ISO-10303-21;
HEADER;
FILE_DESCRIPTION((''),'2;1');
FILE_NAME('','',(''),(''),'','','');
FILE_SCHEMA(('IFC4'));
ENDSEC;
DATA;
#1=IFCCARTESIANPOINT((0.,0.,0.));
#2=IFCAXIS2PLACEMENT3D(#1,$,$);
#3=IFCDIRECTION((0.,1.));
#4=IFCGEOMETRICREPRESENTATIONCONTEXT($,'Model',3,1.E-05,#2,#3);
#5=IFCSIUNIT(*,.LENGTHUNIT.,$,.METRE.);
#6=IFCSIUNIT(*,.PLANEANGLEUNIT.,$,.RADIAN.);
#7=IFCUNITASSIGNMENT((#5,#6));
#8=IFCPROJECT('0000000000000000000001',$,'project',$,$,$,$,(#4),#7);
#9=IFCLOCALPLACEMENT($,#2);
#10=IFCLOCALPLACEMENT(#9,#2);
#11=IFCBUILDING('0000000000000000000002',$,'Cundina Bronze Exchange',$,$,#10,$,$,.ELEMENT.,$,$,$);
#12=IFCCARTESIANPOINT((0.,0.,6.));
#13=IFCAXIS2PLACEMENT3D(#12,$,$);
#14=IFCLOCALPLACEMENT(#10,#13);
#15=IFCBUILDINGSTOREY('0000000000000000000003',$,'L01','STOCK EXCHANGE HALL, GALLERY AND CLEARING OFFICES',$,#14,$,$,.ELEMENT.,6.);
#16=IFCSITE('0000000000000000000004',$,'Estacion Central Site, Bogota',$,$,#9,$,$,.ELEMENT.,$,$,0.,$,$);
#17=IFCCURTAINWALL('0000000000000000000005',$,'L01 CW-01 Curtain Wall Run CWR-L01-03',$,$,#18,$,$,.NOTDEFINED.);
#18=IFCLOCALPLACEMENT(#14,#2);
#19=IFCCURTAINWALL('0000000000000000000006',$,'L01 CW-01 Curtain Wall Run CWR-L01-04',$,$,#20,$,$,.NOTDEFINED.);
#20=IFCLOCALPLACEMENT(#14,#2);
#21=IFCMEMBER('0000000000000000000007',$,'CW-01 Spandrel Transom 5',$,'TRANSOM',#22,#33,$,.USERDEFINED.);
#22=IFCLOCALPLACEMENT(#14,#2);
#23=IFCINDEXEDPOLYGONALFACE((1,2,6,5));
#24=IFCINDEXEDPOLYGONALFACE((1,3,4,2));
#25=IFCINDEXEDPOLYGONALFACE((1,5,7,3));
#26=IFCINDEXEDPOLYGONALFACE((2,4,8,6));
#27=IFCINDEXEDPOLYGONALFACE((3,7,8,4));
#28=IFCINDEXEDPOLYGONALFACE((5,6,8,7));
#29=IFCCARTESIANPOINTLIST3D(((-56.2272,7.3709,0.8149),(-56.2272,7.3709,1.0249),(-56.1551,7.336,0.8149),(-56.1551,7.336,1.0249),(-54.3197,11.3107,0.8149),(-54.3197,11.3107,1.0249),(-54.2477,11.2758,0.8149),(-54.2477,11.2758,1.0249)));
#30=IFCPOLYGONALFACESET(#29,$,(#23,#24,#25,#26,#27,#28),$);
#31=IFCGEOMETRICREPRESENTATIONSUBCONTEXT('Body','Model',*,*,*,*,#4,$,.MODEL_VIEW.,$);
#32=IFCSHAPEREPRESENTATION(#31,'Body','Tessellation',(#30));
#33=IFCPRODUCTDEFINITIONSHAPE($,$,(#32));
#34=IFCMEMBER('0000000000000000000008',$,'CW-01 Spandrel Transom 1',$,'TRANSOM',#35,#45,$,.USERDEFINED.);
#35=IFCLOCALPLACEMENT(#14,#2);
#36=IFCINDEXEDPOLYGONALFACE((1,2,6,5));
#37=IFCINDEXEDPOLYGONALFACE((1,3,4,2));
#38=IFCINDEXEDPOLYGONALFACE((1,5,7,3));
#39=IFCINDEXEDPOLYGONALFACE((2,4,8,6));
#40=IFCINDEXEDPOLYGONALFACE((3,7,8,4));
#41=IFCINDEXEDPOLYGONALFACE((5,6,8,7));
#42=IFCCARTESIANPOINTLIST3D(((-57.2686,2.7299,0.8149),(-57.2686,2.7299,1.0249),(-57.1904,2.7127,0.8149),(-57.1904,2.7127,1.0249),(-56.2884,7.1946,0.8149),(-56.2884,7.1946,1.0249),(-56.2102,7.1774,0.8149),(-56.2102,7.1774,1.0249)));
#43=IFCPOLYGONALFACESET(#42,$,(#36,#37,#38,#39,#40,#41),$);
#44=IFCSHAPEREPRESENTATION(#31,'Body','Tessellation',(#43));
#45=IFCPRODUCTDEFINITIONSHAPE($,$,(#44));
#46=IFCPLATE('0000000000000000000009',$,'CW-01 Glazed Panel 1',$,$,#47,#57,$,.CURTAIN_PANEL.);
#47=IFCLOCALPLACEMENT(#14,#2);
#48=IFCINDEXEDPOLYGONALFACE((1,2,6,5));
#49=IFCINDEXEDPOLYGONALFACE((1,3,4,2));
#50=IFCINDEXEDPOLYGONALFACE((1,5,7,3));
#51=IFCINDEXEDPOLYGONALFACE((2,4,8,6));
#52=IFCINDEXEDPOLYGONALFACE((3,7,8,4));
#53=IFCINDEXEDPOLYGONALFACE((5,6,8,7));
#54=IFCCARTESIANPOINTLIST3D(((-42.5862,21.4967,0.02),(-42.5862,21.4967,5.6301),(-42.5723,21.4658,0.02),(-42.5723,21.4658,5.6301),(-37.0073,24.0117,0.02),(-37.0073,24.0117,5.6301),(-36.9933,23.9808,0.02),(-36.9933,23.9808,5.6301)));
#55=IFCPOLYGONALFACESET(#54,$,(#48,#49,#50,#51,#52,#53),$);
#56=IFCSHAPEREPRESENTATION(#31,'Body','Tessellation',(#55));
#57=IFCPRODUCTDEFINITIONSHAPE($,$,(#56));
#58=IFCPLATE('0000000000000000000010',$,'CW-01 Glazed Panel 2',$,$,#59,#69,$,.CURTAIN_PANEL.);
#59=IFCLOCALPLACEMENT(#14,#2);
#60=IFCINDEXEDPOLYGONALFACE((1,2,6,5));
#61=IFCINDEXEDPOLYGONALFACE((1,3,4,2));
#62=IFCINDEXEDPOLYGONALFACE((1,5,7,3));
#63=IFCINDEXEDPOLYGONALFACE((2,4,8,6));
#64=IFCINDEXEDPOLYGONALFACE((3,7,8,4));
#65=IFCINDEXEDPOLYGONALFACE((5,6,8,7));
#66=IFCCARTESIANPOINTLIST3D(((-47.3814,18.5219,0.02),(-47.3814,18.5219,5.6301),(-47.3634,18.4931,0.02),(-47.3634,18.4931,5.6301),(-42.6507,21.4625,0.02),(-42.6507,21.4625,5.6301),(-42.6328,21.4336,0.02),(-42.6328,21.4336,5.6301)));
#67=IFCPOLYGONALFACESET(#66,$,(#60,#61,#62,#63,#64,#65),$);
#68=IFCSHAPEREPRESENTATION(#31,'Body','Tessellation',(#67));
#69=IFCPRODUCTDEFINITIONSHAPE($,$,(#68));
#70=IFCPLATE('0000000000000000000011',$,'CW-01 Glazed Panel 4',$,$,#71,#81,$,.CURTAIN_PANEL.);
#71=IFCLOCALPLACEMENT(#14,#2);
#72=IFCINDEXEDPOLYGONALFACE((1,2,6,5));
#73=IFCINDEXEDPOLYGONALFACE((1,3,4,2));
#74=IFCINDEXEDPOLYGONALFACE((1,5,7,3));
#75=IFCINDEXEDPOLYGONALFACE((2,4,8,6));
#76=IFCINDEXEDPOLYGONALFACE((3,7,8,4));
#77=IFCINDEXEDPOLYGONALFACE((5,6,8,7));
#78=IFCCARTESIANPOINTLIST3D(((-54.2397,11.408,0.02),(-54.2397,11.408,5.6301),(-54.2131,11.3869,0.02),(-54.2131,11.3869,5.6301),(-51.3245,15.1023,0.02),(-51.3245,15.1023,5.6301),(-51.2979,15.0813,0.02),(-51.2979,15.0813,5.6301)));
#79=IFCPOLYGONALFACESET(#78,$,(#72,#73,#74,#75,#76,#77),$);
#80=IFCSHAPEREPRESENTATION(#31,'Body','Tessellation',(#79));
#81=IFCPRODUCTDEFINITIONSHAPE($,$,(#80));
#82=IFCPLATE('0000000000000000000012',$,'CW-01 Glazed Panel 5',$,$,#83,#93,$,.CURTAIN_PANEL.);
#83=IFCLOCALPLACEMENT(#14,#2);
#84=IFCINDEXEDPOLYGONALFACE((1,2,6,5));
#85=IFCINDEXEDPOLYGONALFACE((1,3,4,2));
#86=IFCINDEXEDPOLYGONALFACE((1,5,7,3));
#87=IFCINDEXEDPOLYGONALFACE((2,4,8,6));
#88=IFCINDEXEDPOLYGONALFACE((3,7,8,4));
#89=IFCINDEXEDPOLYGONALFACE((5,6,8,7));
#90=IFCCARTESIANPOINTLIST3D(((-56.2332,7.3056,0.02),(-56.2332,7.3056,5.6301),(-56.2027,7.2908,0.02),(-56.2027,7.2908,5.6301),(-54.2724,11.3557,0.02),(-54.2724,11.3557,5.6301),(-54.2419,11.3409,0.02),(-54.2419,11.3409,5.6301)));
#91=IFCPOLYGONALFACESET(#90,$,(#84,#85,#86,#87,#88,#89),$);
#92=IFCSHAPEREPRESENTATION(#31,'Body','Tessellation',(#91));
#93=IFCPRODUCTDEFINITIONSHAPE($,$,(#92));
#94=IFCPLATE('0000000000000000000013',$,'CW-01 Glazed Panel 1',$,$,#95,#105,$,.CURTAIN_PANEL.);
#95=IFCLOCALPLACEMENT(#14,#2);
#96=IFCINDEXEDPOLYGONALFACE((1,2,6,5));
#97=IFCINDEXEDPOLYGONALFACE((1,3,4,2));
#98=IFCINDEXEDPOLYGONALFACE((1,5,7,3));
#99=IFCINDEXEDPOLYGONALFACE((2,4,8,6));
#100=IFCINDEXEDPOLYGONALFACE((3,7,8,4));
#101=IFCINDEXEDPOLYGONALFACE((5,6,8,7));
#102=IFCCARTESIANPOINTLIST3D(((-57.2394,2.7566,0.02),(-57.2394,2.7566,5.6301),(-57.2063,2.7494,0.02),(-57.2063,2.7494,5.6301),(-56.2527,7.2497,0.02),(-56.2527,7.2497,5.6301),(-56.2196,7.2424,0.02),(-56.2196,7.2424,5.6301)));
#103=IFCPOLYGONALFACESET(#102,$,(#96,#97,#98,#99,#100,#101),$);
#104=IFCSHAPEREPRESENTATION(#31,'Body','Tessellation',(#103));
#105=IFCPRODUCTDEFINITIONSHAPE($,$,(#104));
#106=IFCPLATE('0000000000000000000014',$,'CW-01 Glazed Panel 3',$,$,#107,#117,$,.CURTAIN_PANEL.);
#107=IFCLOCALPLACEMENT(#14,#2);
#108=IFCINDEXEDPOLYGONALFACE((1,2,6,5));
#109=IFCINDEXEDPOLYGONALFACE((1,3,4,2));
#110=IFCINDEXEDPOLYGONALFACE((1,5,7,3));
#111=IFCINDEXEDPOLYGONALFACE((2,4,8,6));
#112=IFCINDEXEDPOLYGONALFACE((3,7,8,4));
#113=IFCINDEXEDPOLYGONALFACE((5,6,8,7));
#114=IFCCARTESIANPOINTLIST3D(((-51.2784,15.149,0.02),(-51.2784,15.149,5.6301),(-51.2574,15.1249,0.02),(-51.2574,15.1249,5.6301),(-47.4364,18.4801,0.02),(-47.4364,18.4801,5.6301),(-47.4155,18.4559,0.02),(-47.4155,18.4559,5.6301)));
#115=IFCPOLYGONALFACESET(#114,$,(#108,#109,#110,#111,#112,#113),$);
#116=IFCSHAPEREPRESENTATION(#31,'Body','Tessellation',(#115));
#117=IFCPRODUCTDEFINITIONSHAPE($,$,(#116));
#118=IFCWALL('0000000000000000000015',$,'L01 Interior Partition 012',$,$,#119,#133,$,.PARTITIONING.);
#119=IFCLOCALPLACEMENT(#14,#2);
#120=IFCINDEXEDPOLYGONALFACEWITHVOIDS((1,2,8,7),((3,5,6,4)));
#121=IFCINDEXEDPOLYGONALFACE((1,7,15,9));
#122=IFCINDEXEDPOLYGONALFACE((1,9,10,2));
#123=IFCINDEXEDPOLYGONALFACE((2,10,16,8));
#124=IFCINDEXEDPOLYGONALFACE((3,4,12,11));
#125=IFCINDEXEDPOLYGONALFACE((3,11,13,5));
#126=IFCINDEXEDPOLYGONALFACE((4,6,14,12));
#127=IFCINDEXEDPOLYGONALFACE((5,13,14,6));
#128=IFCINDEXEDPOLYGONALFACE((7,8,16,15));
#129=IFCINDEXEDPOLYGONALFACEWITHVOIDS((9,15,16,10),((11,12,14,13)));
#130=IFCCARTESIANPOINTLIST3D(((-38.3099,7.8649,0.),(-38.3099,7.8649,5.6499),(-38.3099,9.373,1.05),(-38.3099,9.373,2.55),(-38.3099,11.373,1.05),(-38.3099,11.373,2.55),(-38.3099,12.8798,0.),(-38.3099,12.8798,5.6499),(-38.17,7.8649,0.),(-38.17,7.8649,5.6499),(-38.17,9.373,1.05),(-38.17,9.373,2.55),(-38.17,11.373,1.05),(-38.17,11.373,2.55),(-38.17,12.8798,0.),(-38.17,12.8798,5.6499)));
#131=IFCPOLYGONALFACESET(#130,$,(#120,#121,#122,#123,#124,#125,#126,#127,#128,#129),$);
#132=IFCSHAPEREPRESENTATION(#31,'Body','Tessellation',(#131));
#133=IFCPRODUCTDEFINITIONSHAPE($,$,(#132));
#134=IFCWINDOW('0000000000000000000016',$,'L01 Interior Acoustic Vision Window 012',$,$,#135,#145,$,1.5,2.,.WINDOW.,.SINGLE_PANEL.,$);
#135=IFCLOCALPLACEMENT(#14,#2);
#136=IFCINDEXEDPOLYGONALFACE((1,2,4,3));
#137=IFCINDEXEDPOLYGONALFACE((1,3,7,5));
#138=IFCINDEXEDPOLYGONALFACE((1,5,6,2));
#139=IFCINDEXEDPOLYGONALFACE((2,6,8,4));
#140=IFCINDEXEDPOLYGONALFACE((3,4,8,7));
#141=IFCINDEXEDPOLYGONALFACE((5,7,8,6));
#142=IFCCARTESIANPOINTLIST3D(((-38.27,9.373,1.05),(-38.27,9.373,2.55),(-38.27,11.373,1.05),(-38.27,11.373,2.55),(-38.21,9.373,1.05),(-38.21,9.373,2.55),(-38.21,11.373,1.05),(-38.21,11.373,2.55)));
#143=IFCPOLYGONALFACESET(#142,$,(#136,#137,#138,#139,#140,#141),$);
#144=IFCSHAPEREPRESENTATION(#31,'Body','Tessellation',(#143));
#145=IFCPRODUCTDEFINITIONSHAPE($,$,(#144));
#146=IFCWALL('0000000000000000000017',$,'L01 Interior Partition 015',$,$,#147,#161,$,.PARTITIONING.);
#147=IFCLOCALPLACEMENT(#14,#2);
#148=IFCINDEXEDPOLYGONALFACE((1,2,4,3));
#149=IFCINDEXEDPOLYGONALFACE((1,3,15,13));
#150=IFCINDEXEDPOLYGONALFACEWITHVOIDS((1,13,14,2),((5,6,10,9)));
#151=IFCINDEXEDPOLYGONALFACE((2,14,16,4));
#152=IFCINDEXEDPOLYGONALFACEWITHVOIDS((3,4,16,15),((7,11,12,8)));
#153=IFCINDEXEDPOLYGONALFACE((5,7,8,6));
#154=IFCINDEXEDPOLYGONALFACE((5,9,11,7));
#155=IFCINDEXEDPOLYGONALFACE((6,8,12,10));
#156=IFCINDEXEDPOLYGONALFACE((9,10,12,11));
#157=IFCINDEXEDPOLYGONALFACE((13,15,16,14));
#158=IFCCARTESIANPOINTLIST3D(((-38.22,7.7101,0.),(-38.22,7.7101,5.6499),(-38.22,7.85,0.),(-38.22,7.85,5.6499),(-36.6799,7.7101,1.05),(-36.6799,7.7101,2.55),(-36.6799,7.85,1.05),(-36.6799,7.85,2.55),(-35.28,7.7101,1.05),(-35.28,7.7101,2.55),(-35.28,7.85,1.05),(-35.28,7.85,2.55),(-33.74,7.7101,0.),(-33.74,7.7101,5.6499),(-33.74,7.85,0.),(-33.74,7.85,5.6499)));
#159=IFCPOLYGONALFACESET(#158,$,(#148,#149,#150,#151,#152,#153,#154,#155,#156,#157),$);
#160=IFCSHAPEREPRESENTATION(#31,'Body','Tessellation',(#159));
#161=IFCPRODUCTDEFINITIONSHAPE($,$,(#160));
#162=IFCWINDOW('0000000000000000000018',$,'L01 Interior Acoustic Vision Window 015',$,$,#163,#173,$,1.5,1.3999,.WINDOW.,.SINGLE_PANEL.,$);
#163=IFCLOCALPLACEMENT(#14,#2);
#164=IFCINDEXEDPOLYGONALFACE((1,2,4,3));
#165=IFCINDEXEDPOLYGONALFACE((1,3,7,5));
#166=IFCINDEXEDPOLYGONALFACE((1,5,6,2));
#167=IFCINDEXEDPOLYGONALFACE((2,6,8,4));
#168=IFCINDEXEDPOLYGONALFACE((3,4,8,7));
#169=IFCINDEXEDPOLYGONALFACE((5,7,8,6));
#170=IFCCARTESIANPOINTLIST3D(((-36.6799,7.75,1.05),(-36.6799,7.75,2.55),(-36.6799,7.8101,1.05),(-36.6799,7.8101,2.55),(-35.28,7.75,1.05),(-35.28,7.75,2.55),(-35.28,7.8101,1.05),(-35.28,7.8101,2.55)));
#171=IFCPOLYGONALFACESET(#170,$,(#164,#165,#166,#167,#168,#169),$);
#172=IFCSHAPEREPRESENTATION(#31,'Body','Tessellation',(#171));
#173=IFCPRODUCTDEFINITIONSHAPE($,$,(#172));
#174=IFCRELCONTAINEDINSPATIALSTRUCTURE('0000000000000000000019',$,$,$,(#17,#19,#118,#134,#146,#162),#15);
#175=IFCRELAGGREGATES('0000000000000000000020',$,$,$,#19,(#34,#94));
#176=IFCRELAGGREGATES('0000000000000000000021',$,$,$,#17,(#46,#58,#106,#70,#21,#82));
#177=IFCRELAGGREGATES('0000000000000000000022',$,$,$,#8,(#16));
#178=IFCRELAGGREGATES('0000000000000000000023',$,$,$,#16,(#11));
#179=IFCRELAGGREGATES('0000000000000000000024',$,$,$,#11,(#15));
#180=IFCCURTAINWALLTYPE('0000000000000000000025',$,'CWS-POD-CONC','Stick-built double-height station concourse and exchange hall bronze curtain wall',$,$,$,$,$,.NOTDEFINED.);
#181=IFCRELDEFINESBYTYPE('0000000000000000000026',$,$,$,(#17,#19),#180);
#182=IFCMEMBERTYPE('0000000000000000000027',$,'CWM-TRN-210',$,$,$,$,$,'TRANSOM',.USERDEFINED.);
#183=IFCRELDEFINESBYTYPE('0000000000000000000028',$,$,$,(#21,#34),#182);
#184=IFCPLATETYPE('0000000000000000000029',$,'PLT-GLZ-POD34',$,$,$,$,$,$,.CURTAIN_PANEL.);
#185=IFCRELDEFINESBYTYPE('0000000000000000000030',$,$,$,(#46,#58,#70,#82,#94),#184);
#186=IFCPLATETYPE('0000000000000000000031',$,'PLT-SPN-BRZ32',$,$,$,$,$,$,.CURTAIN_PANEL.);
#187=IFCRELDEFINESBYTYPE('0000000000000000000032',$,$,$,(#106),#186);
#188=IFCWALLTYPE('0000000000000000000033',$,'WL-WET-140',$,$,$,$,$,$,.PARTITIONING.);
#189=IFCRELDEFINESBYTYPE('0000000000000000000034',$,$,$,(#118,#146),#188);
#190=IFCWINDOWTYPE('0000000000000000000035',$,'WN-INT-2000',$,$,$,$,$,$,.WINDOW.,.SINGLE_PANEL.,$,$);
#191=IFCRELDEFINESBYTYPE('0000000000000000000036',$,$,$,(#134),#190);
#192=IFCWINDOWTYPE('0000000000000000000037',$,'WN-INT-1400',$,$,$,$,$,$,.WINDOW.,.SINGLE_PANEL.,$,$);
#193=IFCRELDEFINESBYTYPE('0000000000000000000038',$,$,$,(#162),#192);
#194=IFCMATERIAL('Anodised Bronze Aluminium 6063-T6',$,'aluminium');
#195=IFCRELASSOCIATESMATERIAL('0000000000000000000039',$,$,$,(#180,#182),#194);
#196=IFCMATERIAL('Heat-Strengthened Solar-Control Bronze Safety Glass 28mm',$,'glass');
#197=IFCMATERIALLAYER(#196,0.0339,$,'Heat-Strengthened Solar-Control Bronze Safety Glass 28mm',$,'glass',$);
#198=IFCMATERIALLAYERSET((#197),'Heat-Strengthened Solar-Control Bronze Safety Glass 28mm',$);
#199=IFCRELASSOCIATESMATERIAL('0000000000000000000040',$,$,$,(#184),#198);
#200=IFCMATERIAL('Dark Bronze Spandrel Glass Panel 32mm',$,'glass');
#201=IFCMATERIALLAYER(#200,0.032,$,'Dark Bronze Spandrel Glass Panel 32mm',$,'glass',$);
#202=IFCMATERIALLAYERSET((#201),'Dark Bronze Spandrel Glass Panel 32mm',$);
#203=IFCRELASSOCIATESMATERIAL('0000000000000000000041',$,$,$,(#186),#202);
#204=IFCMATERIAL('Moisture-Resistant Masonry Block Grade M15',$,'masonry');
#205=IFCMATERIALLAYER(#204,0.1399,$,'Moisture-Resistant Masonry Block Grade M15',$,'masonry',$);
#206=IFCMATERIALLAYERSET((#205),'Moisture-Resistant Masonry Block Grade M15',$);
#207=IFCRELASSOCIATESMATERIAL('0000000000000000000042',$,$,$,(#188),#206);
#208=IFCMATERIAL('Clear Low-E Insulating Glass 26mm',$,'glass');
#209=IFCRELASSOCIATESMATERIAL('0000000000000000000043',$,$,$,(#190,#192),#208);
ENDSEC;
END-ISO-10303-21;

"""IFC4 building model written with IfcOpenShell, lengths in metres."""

from ifc_helpers import new_model, si_unit, direction, frame, frame_2d, origin, origin_2d, place, context, subcontext, project, spatial, rectangle, extrude, material, layer, layer_set, material_profile, profile_set, type_object, element, fill, aggregate, save


model = new_model("IFC4")

# Units and contexts
model_context = context("Model", 3, precision=1e-05, world=origin(), true_north=direction((0.0, 1.0)))
body_context = subcontext(model_context, "Body", "Model", "MODEL_VIEW")
ifc_project = project(units=[si_unit("LENGTHUNIT", "METRE"), si_unit("PLANEANGLEUNIT", "RADIAN")], contexts=[model_context])

# Site, building, storey
site_placement = place(None, origin())
site = spatial("IfcSite", under=ifc_project, at=site_placement, Name="Estacion Central Site, Bogota", CompositionType="ELEMENT", RefElevation=0.0)
building_placement = place(site_placement, origin())
building = spatial("IfcBuilding", under=site, at=building_placement, Name="Cundina Bronze Exchange", CompositionType="ELEMENT")
storey_placement = place(building_placement, frame((0.0, 0.0, 6.0)))
storey = spatial("IfcBuildingStorey", under=building, at=storey_placement, Name="L01", Description="STOCK EXCHANGE HALL, GALLERY AND CLEARING OFFICES", CompositionType="ELEMENT", Elevation=6.0)

# Curtain wall
ifc_material_1 = material(Name="Anodised Bronze Aluminium 6063-T6", Category="aluminium")
curtain_wall_type = type_object("IfcCurtainWallType", Name="CWS-POD-CONC", Description="Stick-built double-height station concourse and exchange hall bronze curtain wall", PredefinedType="NOTDEFINED", material=ifc_material_1)
curtain_wall_1_placement = place(storey_placement, origin())
curtain_wall_1 = element("IfcCurtainWall", 1, at=curtain_wall_1_placement, inside=storey, type_object=curtain_wall_type, Name="L01 CW-01 Curtain Wall Run CWR-L01-03", PredefinedType="NOTDEFINED")

# Curtain wall
curtain_wall_2_placement = place(storey_placement, origin())
curtain_wall_2 = element("IfcCurtainWall", 2, at=curtain_wall_2_placement, inside=storey, type_object=curtain_wall_type, Name="L01 CW-01 Curtain Wall Run CWR-L01-04", PredefinedType="NOTDEFINED")

# Members
ifc_material_profile_1 = material_profile(ifc_material_1, rectangle(XDim=0.0801, YDim=0.21, at=origin_2d()), Name="AL80X210", Category="aluminium")
ifc_profile_set_1 = profile_set([ifc_material_profile_1], Name="Anodised Bronze Aluminium 6063-T6")
member_type_1 = type_object("IfcMemberType", Name="CWM-TRN-210", ElementType="TRANSOM", PredefinedType="USERDEFINED", material=ifc_profile_set_1)
member_1_placement = place(storey_placement, frame((-54.2837, 11.2932, 0.9199), z_axis=(-0.435777, -0.900055, 0.0), x_axis=(0.900055, -0.435777, 0.0)))
member_1 = element("IfcMember", 3, at=member_1_placement, type_object=member_type_1, Name="CW-01 Spandrel Transom 5", ObjectType="TRANSOM", PredefinedType="USERDEFINED", context=body_context, shape_type="SweptSolid", body=[
    extrude(rectangle(XDim=0.0801, YDim=0.21, at=origin_2d()), origin(), (0.0, 0.0, 1.0), 4.3772),
])
member_2_placement = place(storey_placement, frame((-56.2493, 7.186, 0.9199), z_axis=(-0.214447, -0.976736, 0.0), x_axis=(0.976736, -0.214447, 0.0)))
member_2 = element("IfcMember", 4, at=member_2_placement, type_object=member_type_1, Name="CW-01 Spandrel Transom 1", ObjectType="TRANSOM", PredefinedType="USERDEFINED", context=body_context, shape_type="SweptSolid", body=[
    extrude(rectangle(XDim=0.0801, YDim=0.21, at=origin_2d()), origin(), (0.0, 0.0, 1.0), 4.571),
])

# Plates
ifc_material_2 = material(Name="Heat-Strengthened Solar-Control Bronze Safety Glass 28mm", Category="glass")
ifc_layer_1 = layer(ifc_material_2, 0.0339, Name="Heat-Strengthened Solar-Control Bronze Safety Glass 28mm", Category="glass")
ifc_layer_set_1 = layer_set([ifc_layer_1], Name="Heat-Strengthened Solar-Control Bronze Safety Glass 28mm")
plate_type_1 = type_object("IfcPlateType", Name="PLT-GLZ-POD34", PredefinedType="CURTAIN_PANEL", material=ifc_layer_set_1)
plate_1_placement = place(storey_placement, frame((-39.7898, 22.7388, 0.02), z_axis=(0.0, 0.0, 1.0), x_axis=(-0.911647, -0.410973, 0.0)))
plate_1 = element("IfcPlate", 5, at=plate_1_placement, type_object=plate_type_1, Name="CW-01 Glazed Panel 1", PredefinedType="CURTAIN_PANEL", context=body_context, shape_type="SweptSolid", body=[
    extrude(rectangle(XDim=6.1196, YDim=0.0339, at=origin_2d()), origin(), (0.0, 0.0, 1.0), 5.6101),
])
plate_2_placement = place(storey_placement, frame((-45.0071, 19.9778, 0.02), z_axis=(0.0, 0.0, 1.0), x_axis=(-0.849294, -0.52792, 0.0)))
plate_2 = element("IfcPlate", 6, at=plate_2_placement, type_object=plate_type_1, Name="CW-01 Glazed Panel 2", PredefinedType="CURTAIN_PANEL", context=body_context, shape_type="SweptSolid", body=[
    extrude(rectangle(XDim=5.5701, YDim=0.0339, at=origin_2d()), origin(), (0.0, 0.0, 1.0), 5.6101),
])
plate_3_placement = place(storey_placement, frame((-52.7688, 13.2446, 0.02), z_axis=(0.0, 0.0, 1.0), x_axis=(-0.619464, -0.785025, 0.0)))
plate_3 = element("IfcPlate", 7, at=plate_3_placement, type_object=plate_type_1, Name="CW-01 Glazed Panel 4", PredefinedType="CURTAIN_PANEL", context=body_context, shape_type="SweptSolid", body=[
    extrude(rectangle(XDim=4.7061, YDim=0.0339, at=origin_2d()), origin(), (0.0, 0.0, 1.0), 5.6101),
])
plate_4_placement = place(storey_placement, frame((-55.2375, 9.3232, 0.02), z_axis=(0.0, 0.0, 1.0), x_axis=(-0.435765, -0.90006, 0.0)))
plate_4 = element("IfcPlate", 8, at=plate_4_placement, type_object=plate_type_1, Name="CW-01 Glazed Panel 5", PredefinedType="CURTAIN_PANEL", context=body_context, shape_type="SweptSolid", body=[
    extrude(rectangle(XDim=4.4998, YDim=0.0339, at=origin_2d()), origin(), (0.0, 0.0, 1.0), 5.6101),
])
plate_5_placement = place(storey_placement, frame((-56.7295, 4.9995, 0.02), z_axis=(0.0, 0.0, 1.0), x_axis=(-0.214497, -0.976725, 0.0)))
plate_5 = element("IfcPlate", 9, at=plate_5_placement, type_object=plate_type_1, Name="CW-01 Glazed Panel 1", PredefinedType="CURTAIN_PANEL", context=body_context, shape_type="SweptSolid", body=[
    extrude(rectangle(XDim=4.6001, YDim=0.0339, at=origin_2d()), origin(), (0.0, 0.0, 1.0), 5.6101),
])
aggregate(curtain_wall_2, [member_2, plate_5])
ifc_material_3 = material(Name="Dark Bronze Spandrel Glass Panel 32mm", Category="glass")
ifc_layer_2 = layer(ifc_material_3, 0.032, Name="Dark Bronze Spandrel Glass Panel 32mm", Category="glass")
ifc_layer_set_2 = layer_set([ifc_layer_2], Name="Dark Bronze Spandrel Glass Panel 32mm")
plate_type_2 = type_object("IfcPlateType", Name="PLT-SPN-BRZ32", PredefinedType="CURTAIN_PANEL", material=ifc_layer_set_2)
plate_6_placement = place(storey_placement, frame((-49.3469, 16.8025, 0.02), z_axis=(0.0, 0.0, 1.0), x_axis=(-0.755556, -0.655084, 0.0)))
plate_6 = element("IfcPlate", 10, at=plate_6_placement, type_object=plate_type_2, Name="CW-01 Glazed Panel 3", PredefinedType="CURTAIN_PANEL", context=body_context, shape_type="SweptSolid", body=[
    extrude(rectangle(XDim=5.085, YDim=0.032, at=origin_2d()), origin(), (0.0, 0.0, 1.0), 5.6101),
])
aggregate(curtain_wall_1, [plate_1, plate_2, plate_6, plate_3, member_1, plate_4])

# Walls, openings, windows
ifc_material_4 = material(Name="Moisture-Resistant Masonry Block Grade M15", Category="masonry")
ifc_layer_3 = layer(ifc_material_4, 0.1399, Name="Moisture-Resistant Masonry Block Grade M15", Category="masonry")
ifc_layer_set_3 = layer_set([ifc_layer_3], Name="Moisture-Resistant Masonry Block Grade M15")
wall_type = type_object("IfcWallType", Name="WL-WET-140", PredefinedType="PARTITIONING", material=ifc_layer_set_3)
wall_1_placement = place(storey_placement, frame((-38.24, 7.865, 0.0), z_axis=(0.0, 0.0, 1.0), x_axis=(0.0, 1.0, 0.0)))
wall_1 = element("IfcWall", 11, at=wall_1_placement, inside=storey, type_object=wall_type, Name="L01 Interior Partition 012", PredefinedType="PARTITIONING", context=body_context, shape_type="SweptSolid", body=[
    extrude(rectangle(XDim=5.0149, YDim=0.1399, at=frame_2d((2.5073, 0.0))), origin(), (0.0, 0.0, 1.0), 5.6499),
])
opening_1_placement = place(wall_1_placement, frame((1.5081, 0.0, 1.05)))
opening_1 = element("IfcOpeningElement", 12, at=opening_1_placement, cuts=wall_1, PredefinedType="OPENING", context=body_context, shape_type="SweptSolid", body=[
    extrude(rectangle(XDim=2.0, YDim=1.5, at=frame_2d((1.0, 0.75))), frame((0.0, 0.0798, 0.0), z_axis=(0.0, -1.0, 0.0), x_axis=(1.0, 0.0, 0.0)), (0.0, 0.0, 1.0), 0.1599),
])
ifc_material_5 = material(Name="Clear Low-E Insulating Glass 26mm", Category="glass")
window_type_1 = type_object("IfcWindowType", Name="WN-INT-2000", PartitioningType="SINGLE_PANEL", PredefinedType="WINDOW", material=ifc_material_5)
window_1_placement = place(opening_1_placement, origin())
window_1 = element("IfcWindow", 13, at=window_1_placement, inside=storey, type_object=window_type_1, Name="L01 Interior Acoustic Vision Window 012", OverallHeight=1.5, OverallWidth=2.0, PartitioningType="SINGLE_PANEL", PredefinedType="WINDOW", context=body_context, shape_type="SweptSolid", body=[
    extrude(rectangle(XDim=2.0, YDim=1.5, at=frame_2d((1.0, 0.75))), frame((0.0, 0.03, 0.0), z_axis=(0.0, -1.0, 0.0), x_axis=(1.0, 0.0, 0.0)), (0.0, 0.0, 1.0), 0.0601),
])
fill(opening_1, window_1)
wall_2_placement = place(storey_placement, frame((-38.22, 7.78, 0.0), z_axis=(0.0, 0.0, 1.0), x_axis=(1.0, 0.0, 0.0)))
wall_2 = element("IfcWall", 14, at=wall_2_placement, inside=storey, type_object=wall_type, Name="L01 Interior Partition 015", PredefinedType="PARTITIONING", context=body_context, shape_type="SweptSolid", body=[
    extrude(rectangle(XDim=4.48, YDim=0.1399, at=frame_2d((2.24, 0.0))), origin(), (0.0, 0.0, 1.0), 5.6499),
])
opening_2_placement = place(wall_2_placement, frame((1.54, 0.0, 1.05)))
opening_2 = element("IfcOpeningElement", 15, at=opening_2_placement, cuts=wall_2, PredefinedType="OPENING", context=body_context, shape_type="SweptSolid", body=[
    extrude(rectangle(XDim=1.3999, YDim=1.5, at=frame_2d((0.7, 0.75))), frame((0.0, 0.0798, 0.0), z_axis=(0.0, -1.0, 0.0), x_axis=(1.0, 0.0, 0.0)), (0.0, 0.0, 1.0), 0.1599),
])
window_type_2 = type_object("IfcWindowType", Name="WN-INT-1400", PartitioningType="SINGLE_PANEL", PredefinedType="WINDOW", material=ifc_material_5)
window_2_placement = place(opening_2_placement, origin())
window_2 = element("IfcWindow", 16, at=window_2_placement, inside=storey, type_object=window_type_2, Name="L01 Interior Acoustic Vision Window 015", OverallHeight=1.5, OverallWidth=1.3999, PartitioningType="SINGLE_PANEL", PredefinedType="WINDOW", context=body_context, shape_type="SweptSolid", body=[
    extrude(rectangle(XDim=1.3999, YDim=1.5, at=frame_2d((0.7, 0.75))), frame((0.0, 0.03, 0.0), z_axis=(0.0, -1.0, 0.0), x_axis=(1.0, 0.0, 0.0)), (0.0, 0.0, 1.0), 0.0601),
])
fill(opening_2, window_2)

save(model, "model.ifc")
